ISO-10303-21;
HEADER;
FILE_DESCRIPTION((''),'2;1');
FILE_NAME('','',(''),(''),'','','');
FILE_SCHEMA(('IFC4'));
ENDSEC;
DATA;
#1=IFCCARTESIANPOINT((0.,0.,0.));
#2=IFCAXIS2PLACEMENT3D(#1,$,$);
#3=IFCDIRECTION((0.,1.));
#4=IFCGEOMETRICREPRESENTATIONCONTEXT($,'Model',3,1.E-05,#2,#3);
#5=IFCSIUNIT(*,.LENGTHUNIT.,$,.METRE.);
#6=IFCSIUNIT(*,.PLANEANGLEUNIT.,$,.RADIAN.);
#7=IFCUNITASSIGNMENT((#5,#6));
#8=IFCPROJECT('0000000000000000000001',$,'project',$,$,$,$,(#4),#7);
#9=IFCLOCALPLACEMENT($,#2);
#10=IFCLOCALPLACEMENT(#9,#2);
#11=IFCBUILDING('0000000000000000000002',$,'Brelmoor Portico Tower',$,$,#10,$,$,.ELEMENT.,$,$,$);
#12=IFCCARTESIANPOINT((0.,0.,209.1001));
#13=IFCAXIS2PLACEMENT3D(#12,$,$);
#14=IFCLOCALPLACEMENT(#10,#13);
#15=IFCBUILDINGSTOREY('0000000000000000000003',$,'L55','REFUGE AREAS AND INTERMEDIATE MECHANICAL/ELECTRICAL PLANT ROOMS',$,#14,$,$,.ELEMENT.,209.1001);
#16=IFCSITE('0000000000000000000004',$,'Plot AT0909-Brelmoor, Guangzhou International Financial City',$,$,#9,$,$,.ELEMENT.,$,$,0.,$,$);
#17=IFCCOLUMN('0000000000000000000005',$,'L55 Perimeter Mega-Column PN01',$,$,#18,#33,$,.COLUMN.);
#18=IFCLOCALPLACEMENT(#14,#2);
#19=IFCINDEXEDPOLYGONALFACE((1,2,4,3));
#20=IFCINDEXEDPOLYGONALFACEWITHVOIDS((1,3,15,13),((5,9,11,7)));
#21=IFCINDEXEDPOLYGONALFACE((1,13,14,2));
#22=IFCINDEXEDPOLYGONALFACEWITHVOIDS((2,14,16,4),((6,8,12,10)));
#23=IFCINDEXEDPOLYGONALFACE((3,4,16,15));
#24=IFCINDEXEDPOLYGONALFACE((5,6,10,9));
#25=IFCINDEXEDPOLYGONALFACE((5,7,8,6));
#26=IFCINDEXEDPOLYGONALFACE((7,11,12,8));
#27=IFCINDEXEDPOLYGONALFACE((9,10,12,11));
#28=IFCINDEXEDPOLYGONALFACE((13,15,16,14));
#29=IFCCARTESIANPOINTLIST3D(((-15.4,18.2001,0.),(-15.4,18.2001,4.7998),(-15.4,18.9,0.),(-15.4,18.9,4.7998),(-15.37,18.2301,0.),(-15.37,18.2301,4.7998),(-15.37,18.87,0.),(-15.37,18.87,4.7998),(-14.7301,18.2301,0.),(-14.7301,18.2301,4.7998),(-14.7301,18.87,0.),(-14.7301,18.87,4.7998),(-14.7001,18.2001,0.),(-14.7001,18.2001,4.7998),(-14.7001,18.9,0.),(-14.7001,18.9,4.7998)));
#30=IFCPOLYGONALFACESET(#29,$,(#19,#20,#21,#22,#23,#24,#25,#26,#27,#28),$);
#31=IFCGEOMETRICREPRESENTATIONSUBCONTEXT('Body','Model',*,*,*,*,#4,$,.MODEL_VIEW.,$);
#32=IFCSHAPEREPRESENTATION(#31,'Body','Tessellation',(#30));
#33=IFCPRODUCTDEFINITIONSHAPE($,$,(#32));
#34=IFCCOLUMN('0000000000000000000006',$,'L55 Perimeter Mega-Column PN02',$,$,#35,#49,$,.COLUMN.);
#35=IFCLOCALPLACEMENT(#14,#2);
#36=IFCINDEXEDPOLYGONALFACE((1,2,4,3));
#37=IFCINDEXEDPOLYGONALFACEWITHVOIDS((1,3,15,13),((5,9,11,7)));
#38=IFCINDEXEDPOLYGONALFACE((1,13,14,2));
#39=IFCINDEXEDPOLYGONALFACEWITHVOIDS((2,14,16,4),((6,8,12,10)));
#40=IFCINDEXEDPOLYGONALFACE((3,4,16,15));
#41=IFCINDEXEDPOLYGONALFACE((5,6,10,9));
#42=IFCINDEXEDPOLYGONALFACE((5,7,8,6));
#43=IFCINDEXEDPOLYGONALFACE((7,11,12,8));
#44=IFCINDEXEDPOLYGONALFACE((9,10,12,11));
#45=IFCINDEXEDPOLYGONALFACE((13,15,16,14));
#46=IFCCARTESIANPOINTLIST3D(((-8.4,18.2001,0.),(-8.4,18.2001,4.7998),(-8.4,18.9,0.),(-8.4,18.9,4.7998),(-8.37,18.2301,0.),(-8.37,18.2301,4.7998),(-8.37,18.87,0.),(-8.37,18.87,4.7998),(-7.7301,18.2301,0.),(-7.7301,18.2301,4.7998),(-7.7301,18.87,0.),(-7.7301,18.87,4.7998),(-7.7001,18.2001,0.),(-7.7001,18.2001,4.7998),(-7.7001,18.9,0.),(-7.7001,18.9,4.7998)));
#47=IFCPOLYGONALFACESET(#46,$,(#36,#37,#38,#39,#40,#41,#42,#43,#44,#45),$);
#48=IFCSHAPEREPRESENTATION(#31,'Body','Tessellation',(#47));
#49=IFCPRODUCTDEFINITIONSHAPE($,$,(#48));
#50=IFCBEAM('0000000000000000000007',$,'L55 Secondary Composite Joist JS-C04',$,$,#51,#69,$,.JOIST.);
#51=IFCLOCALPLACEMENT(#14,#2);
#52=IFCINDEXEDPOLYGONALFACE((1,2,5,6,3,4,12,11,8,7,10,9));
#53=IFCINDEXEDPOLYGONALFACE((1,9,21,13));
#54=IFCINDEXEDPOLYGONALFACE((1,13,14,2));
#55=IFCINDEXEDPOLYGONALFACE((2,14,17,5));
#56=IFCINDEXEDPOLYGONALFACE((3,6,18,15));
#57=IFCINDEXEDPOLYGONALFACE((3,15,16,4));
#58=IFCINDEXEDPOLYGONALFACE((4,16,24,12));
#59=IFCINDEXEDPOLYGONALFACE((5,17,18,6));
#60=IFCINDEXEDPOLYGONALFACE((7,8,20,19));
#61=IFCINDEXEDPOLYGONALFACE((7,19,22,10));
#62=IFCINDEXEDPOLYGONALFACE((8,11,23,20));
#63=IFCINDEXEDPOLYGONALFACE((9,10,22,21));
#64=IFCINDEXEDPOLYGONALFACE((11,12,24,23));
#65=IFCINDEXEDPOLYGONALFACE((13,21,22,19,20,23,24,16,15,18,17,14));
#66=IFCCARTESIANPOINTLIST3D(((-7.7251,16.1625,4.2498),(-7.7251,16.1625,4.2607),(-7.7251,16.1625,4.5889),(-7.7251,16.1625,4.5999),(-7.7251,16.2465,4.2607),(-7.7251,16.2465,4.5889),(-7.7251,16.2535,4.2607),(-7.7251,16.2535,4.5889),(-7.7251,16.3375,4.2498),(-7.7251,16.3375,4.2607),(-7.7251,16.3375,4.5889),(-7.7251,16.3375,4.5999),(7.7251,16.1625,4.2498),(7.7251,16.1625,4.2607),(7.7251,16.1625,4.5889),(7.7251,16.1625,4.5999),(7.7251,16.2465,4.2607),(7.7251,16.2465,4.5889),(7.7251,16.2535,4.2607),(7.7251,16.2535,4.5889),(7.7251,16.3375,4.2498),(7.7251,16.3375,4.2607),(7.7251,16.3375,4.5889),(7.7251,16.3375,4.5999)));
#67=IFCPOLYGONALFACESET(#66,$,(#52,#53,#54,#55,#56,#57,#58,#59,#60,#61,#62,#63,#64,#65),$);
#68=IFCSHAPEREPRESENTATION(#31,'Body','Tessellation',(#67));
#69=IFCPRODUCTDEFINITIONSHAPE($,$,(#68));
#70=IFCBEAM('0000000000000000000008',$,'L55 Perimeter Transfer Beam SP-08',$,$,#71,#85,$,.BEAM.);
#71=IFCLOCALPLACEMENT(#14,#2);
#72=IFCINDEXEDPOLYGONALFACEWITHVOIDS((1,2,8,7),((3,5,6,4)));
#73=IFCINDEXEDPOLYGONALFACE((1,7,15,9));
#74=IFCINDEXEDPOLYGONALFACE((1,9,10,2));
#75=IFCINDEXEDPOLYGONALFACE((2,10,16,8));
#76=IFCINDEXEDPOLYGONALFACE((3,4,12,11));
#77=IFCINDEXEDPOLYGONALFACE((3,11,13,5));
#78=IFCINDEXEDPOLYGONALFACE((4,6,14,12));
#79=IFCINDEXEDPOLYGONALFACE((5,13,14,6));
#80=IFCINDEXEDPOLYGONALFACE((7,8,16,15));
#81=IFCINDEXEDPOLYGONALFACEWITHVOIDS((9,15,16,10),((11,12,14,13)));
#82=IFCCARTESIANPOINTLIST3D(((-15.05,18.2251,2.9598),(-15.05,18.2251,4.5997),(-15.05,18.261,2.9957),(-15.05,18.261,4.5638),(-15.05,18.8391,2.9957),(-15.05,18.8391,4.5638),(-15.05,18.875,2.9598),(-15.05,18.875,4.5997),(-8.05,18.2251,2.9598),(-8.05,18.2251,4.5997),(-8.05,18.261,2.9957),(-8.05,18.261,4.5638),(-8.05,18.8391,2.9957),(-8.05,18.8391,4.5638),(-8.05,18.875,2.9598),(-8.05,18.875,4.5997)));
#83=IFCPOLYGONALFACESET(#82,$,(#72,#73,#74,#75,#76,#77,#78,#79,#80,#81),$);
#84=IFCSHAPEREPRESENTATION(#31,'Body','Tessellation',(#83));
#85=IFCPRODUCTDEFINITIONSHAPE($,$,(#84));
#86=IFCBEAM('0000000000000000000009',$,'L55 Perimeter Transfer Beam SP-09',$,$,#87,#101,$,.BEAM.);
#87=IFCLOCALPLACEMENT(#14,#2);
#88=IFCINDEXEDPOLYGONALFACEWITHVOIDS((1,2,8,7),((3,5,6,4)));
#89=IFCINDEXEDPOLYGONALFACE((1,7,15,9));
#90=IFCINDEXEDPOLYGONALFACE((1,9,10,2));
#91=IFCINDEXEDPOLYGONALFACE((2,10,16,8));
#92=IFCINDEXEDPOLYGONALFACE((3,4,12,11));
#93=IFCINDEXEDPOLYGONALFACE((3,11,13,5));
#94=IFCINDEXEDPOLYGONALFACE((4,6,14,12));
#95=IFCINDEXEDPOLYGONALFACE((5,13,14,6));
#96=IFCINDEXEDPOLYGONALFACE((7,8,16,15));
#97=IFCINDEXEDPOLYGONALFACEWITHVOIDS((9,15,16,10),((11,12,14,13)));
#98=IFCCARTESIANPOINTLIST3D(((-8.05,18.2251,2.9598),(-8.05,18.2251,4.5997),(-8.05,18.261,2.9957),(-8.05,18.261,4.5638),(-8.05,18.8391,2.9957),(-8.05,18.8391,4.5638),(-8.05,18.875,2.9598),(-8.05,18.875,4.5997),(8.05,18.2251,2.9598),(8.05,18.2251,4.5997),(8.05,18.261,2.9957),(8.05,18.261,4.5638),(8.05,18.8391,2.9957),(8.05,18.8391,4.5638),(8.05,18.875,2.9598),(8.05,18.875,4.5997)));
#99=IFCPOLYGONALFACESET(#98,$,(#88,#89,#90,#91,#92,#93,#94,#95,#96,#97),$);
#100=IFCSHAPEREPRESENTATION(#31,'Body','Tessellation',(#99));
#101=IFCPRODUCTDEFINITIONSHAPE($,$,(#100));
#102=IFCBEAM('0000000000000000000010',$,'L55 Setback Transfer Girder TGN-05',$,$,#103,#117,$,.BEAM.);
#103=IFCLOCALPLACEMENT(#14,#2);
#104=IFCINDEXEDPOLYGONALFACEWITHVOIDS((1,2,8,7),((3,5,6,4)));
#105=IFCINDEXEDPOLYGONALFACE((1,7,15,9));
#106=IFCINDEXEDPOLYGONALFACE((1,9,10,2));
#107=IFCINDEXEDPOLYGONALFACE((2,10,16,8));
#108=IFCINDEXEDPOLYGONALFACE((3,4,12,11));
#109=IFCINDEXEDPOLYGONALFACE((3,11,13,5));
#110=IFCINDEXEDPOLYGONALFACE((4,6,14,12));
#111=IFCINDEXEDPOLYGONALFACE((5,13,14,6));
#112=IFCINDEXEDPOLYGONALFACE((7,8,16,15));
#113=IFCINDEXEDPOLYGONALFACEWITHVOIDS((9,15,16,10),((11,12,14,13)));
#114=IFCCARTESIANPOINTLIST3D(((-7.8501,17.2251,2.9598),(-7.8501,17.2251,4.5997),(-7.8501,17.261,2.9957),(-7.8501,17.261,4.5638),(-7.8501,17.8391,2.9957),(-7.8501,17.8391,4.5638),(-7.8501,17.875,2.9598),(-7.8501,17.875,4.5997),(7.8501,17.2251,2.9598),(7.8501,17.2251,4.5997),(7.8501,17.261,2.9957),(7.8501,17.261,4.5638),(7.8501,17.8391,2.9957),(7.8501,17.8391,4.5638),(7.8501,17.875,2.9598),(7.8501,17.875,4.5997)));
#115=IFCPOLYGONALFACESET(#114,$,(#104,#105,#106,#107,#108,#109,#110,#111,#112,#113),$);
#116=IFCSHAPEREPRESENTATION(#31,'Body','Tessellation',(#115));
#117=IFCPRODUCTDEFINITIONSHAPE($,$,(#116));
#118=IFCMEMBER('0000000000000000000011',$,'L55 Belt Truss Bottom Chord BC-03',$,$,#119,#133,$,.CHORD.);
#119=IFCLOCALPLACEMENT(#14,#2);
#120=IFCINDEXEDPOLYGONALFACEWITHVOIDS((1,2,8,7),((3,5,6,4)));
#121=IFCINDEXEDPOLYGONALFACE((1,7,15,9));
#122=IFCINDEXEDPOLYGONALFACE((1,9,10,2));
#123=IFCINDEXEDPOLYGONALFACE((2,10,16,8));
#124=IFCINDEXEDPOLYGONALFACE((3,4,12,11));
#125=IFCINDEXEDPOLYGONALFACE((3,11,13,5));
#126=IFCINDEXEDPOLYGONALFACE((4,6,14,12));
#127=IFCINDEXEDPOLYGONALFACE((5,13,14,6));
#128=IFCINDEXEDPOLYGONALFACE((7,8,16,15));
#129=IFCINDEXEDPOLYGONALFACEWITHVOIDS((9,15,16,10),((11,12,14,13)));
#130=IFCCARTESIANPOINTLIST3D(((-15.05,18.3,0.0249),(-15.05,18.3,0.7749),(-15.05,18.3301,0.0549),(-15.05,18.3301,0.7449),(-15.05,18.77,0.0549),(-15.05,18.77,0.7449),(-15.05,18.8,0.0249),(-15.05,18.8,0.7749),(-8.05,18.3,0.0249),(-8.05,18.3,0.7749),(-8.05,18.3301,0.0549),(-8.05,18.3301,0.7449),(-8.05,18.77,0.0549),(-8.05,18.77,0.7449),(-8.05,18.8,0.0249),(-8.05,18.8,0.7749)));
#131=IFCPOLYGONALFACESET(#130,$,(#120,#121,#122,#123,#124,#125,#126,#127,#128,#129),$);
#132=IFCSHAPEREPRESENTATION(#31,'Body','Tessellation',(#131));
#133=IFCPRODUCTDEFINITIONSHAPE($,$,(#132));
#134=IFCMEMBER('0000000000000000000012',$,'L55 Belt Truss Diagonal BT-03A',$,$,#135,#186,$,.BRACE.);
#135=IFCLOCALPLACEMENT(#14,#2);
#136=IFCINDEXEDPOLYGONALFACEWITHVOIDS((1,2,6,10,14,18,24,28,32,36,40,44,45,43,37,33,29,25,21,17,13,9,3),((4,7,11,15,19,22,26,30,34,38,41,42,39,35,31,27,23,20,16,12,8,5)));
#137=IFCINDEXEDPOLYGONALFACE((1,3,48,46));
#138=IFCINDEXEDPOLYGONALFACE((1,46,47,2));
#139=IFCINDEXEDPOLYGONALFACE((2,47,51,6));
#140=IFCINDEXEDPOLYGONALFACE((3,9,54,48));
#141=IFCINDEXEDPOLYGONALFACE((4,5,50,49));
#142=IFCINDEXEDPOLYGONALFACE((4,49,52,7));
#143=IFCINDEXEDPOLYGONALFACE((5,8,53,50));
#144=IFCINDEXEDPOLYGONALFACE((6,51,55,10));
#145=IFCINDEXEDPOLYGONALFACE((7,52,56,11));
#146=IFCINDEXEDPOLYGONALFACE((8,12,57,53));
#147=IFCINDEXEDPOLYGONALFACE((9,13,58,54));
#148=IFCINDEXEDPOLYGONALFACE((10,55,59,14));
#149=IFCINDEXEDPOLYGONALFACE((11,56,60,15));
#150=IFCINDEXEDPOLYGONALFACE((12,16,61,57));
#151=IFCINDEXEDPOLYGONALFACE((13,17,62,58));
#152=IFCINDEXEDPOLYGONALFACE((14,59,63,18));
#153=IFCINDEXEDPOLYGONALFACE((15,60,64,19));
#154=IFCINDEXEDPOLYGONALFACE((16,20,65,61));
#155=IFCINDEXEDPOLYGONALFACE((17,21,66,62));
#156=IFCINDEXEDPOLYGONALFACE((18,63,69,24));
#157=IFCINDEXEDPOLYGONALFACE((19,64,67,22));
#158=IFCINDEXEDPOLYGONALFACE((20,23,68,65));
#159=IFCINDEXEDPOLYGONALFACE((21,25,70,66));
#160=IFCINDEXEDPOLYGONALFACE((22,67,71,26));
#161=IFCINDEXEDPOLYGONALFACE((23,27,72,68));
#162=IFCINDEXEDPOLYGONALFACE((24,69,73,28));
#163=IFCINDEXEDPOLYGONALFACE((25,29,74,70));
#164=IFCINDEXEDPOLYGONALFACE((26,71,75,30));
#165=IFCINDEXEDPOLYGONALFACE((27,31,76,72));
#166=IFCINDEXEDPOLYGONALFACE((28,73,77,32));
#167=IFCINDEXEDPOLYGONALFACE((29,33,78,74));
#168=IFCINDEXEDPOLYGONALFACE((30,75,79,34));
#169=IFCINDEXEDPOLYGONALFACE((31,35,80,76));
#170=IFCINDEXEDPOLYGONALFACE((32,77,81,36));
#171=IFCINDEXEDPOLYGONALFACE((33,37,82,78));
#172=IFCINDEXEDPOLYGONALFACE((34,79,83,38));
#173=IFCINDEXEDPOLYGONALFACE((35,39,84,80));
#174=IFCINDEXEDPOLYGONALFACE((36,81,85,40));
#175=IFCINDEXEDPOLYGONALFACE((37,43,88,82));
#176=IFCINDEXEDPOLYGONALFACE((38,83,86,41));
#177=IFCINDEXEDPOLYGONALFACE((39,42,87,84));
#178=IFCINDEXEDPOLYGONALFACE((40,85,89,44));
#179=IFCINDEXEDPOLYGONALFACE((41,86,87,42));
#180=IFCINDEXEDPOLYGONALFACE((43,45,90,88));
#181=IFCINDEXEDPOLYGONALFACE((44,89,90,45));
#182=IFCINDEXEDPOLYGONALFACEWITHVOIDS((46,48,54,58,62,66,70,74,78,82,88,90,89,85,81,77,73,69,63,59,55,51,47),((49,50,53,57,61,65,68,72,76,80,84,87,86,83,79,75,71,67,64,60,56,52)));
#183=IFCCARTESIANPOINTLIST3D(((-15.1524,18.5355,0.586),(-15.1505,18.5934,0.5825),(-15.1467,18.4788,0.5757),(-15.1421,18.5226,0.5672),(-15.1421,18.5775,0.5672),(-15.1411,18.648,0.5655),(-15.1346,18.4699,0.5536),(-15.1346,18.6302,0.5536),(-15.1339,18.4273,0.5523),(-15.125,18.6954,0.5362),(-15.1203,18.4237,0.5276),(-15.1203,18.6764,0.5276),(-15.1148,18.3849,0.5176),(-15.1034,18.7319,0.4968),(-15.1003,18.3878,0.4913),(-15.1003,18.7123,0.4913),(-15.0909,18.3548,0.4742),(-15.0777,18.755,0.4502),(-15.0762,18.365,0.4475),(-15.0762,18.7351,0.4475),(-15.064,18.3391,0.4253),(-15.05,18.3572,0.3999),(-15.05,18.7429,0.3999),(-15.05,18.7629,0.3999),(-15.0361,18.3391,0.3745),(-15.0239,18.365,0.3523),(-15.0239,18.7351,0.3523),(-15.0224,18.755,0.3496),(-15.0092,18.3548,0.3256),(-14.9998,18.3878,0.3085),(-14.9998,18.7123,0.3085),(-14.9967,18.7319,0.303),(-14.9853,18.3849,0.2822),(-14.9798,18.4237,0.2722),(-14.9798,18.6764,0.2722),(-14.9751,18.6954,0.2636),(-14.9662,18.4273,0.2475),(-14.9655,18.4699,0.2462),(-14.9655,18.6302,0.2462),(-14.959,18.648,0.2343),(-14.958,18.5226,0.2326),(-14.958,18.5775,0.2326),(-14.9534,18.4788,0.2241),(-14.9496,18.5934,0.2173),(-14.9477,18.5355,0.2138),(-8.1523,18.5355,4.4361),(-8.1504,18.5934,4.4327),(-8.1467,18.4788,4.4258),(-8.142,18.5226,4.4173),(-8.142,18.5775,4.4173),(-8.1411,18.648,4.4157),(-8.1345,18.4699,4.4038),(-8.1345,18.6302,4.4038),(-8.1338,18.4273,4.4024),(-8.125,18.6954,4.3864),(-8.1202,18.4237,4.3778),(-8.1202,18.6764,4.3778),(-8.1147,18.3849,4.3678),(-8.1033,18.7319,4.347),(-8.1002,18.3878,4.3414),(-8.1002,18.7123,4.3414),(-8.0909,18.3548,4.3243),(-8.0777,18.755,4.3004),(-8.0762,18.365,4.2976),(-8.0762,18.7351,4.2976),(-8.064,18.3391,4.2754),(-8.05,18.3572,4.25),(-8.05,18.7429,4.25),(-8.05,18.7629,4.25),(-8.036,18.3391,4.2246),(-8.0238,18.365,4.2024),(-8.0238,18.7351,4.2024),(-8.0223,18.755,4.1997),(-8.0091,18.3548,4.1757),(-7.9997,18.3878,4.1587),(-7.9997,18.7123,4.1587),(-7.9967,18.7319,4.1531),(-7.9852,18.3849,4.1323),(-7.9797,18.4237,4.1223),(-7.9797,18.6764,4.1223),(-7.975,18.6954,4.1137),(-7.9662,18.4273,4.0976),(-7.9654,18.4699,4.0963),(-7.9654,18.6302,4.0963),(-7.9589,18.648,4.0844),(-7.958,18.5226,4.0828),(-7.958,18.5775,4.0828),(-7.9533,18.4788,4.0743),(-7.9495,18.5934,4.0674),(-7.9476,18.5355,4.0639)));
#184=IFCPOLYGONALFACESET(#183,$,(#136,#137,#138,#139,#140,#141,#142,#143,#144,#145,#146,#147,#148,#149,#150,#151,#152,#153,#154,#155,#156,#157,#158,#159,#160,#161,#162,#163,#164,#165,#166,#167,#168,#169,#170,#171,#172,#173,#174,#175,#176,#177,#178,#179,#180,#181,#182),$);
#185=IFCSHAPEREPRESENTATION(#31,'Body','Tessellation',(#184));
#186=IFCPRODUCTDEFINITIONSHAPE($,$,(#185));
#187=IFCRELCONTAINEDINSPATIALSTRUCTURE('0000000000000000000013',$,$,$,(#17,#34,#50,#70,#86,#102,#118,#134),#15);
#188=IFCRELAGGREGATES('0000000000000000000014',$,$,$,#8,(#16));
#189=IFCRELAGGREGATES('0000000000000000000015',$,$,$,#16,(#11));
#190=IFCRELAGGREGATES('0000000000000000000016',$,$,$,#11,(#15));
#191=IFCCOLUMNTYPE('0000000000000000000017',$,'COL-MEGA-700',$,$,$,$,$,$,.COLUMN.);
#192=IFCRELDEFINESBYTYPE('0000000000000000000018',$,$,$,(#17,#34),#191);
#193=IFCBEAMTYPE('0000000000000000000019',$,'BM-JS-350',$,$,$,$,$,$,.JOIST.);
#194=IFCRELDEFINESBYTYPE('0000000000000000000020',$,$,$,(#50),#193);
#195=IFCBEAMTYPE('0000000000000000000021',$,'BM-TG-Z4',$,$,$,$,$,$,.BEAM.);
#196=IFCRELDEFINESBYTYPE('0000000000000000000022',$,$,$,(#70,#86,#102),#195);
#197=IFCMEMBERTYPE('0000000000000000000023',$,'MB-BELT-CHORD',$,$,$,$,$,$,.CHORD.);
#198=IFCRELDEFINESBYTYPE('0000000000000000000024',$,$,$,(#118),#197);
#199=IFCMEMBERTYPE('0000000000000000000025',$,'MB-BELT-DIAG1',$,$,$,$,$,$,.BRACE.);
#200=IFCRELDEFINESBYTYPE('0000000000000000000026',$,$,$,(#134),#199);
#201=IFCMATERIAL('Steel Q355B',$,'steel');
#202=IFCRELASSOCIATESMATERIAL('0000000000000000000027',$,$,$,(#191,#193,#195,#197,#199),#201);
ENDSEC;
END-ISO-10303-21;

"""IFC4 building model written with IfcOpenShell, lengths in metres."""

from ifc_helpers import new_model, si_unit, direction, frame, origin, origin_2d, place, context, subcontext, project, spatial, hollow_rectangle, hollow_circle, i_section, extrude, material, material_profile, profile_set, type_object, element, save


model = new_model("IFC4")

# Units and contexts
model_context = context("Model", 3, precision=1e-05, world=origin(), true_north=direction((0.0, 1.0)))
body_context = subcontext(model_context, "Body", "Model", "MODEL_VIEW")
ifc_project = project(units=[si_unit("LENGTHUNIT", "METRE"), si_unit("PLANEANGLEUNIT", "RADIAN")], contexts=[model_context])

# Site, building, storey
site_placement = place(None, origin())
site = spatial("IfcSite", under=ifc_project, at=site_placement, Name="Plot AT0909-Brelmoor, Guangzhou International Financial City", CompositionType="ELEMENT", RefElevation=0.0)
building_placement = place(site_placement, origin())
building = spatial("IfcBuilding", under=site, at=building_placement, Name="Brelmoor Portico Tower", CompositionType="ELEMENT")
storey_placement = place(building_placement, frame((0.0, 0.0, 209.1001)))
storey = spatial("IfcBuildingStorey", under=building, at=storey_placement, Name="L55", Description="REFUGE AREAS AND INTERMEDIATE MECHANICAL/ELECTRICAL PLANT ROOMS", CompositionType="ELEMENT", Elevation=209.1001)

# Columns
ifc_material_1 = material(Name="Steel Q355B", Category="steel")
ifc_material_profile_1 = material_profile(ifc_material_1, hollow_rectangle(XDim=0.7, YDim=0.7, WallThickness=0.03, at=origin_2d()), Name="BOX 700x700x30")
ifc_profile_set_1 = profile_set([ifc_material_profile_1], Name="Steel Q355B")
column_type = type_object("IfcColumnType", Name="COL-MEGA-700", PredefinedType="COLUMN", material=ifc_profile_set_1)
for number, where, z_axis, x_axis, name in (
    (1, (-15.05, 18.55, 0.0), (0.0, 0.0, 1.0), (1.0, 0.0, 0.0), "L55 Perimeter Mega-Column PN01"),
    (2, (-8.05, 18.55, 0.0), (0.0, 0.0, 1.0), (1.0, 0.0, 0.0), "L55 Perimeter Mega-Column PN02"),
):
    element("IfcColumn", number, at=place(storey_placement, frame(where, z_axis=z_axis, x_axis=x_axis)), inside=storey, type_object=column_type, Name=name, PredefinedType="COLUMN", context=body_context, shape_type="SweptSolid", body=[
        extrude(hollow_rectangle(XDim=0.7, YDim=0.7, WallThickness=0.03, at=origin_2d()), origin(), (0.0, 0.0, 1.0), 4.7998),
    ])

# Beams
ifc_material_profile_2 = material_profile(ifc_material_1, i_section(OverallWidth=0.175, OverallDepth=0.3501, WebThickness=0.0071, FlangeThickness=0.011, at=origin_2d()), Name="HN 350x175x7x11")
ifc_profile_set_2 = profile_set([ifc_material_profile_2], Name="Steel Q355B")
beam_type_1 = type_object("IfcBeamType", Name="BM-JS-350", PredefinedType="JOIST", material=ifc_profile_set_2)
beam_1_placement = place(storey_placement, frame((-7.7251, 16.25, 4.4248), z_axis=(1.0, 0.0, 0.0), x_axis=(0.0, 1.0, 0.0)))
element("IfcBeam", 3, at=beam_1_placement, inside=storey, type_object=beam_type_1, Name="L55 Secondary Composite Joist JS-C04", PredefinedType="JOIST", context=body_context, shape_type="SweptSolid", body=[
    extrude(i_section(OverallWidth=0.175, OverallDepth=0.3501, WebThickness=0.0071, FlangeThickness=0.011, at=origin_2d()), origin(), (0.0, 0.0, 1.0), 15.4502),
])
ifc_material_profile_3 = material_profile(ifc_material_1, hollow_rectangle(XDim=0.6499, YDim=1.6399, WallThickness=0.0359, at=origin_2d()), Name="BOX 650x1640x36")
ifc_profile_set_3 = profile_set([ifc_material_profile_3], Name="Steel Q355B")
beam_type_2 = type_object("IfcBeamType", Name="BM-TG-Z4", PredefinedType="BEAM", material=ifc_profile_set_3)
beam_2_placement = place(storey_placement, frame((-15.05, 18.55, 3.7798), z_axis=(1.0, 0.0, 0.0), x_axis=(0.0, 1.0, 0.0)))
element("IfcBeam", 4, at=beam_2_placement, inside=storey, type_object=beam_type_2, Name="L55 Perimeter Transfer Beam SP-08", PredefinedType="BEAM", context=body_context, shape_type="SweptSolid", body=[
    extrude(hollow_rectangle(XDim=0.6499, YDim=1.6399, WallThickness=0.0359, at=origin_2d()), origin(), (0.0, 0.0, 1.0), 7.0),
])
beam_3_placement = place(storey_placement, frame((-8.05, 18.55, 3.7798), z_axis=(1.0, 0.0, 0.0), x_axis=(0.0, 1.0, 0.0)))
element("IfcBeam", 5, at=beam_3_placement, inside=storey, type_object=beam_type_2, Name="L55 Perimeter Transfer Beam SP-09", PredefinedType="BEAM", context=body_context, shape_type="SweptSolid", body=[
    extrude(hollow_rectangle(XDim=0.6499, YDim=1.6399, WallThickness=0.0359, at=origin_2d()), origin(), (0.0, 0.0, 1.0), 16.1001),
])
beam_4_placement = place(storey_placement, frame((-7.8501, 17.55, 3.7798), z_axis=(1.0, 0.0, 0.0), x_axis=(0.0, 1.0, 0.0)))
element("IfcBeam", 6, at=beam_4_placement, inside=storey, type_object=beam_type_2, Name="L55 Setback Transfer Girder TGN-05", PredefinedType="BEAM", context=body_context, shape_type="SweptSolid", body=[
    extrude(hollow_rectangle(XDim=0.6499, YDim=1.6399, WallThickness=0.0359, at=origin_2d()), origin(), (0.0, 0.0, 1.0), 15.7002),
])

# Members
ifc_material_profile_4 = material_profile(ifc_material_1, hollow_rectangle(XDim=0.5, YDim=0.75, WallThickness=0.03, at=origin_2d()), Name="RHS 500x750x30")
ifc_profile_set_4 = profile_set([ifc_material_profile_4], Name="Steel Q355B")
member_type_1 = type_object("IfcMemberType", Name="MB-BELT-CHORD", PredefinedType="CHORD", material=ifc_profile_set_4)
member_1_placement = place(storey_placement, frame((-15.05, 18.55, 0.3999), z_axis=(1.0, 0.0, 0.0), x_axis=(0.0, 1.0, 0.0)))
element("IfcMember", 7, at=member_1_placement, inside=storey, type_object=member_type_1, Name="L55 Belt Truss Bottom Chord BC-03", PredefinedType="CHORD", context=body_context, shape_type="SweptSolid", body=[
    extrude(hollow_rectangle(XDim=0.5, YDim=0.75, WallThickness=0.03, at=origin_2d()), origin(), (0.0, 0.0, 1.0), 7.0),
])
ifc_material_profile_5 = material_profile(ifc_material_1, hollow_circle(Radius=0.2129, WallThickness=0.02, at=origin_2d()), Name="CHS 426x20")
ifc_profile_set_5 = profile_set([ifc_material_profile_5], Name="Steel Q355B")
member_type_2 = type_object("IfcMemberType", Name="MB-BELT-DIAG1", PredefinedType="BRACE", material=ifc_profile_set_5)
member_2_placement = place(storey_placement, frame((-15.05, 18.55, 0.3999), z_axis=(0.876211, 0.0, 0.481928), x_axis=(0.0, 1.0, 0.0)))
element("IfcMember", 8, at=member_2_placement, inside=storey, type_object=member_type_2, Name="L55 Belt Truss Diagonal BT-03A", PredefinedType="BRACE", context=body_context, shape_type="SweptSolid", body=[
    extrude(hollow_circle(Radius=0.2129, WallThickness=0.02, at=origin_2d()), origin(), (0.0, 0.0, 1.0), 7.989),
])

save(model, "model.ifc")
